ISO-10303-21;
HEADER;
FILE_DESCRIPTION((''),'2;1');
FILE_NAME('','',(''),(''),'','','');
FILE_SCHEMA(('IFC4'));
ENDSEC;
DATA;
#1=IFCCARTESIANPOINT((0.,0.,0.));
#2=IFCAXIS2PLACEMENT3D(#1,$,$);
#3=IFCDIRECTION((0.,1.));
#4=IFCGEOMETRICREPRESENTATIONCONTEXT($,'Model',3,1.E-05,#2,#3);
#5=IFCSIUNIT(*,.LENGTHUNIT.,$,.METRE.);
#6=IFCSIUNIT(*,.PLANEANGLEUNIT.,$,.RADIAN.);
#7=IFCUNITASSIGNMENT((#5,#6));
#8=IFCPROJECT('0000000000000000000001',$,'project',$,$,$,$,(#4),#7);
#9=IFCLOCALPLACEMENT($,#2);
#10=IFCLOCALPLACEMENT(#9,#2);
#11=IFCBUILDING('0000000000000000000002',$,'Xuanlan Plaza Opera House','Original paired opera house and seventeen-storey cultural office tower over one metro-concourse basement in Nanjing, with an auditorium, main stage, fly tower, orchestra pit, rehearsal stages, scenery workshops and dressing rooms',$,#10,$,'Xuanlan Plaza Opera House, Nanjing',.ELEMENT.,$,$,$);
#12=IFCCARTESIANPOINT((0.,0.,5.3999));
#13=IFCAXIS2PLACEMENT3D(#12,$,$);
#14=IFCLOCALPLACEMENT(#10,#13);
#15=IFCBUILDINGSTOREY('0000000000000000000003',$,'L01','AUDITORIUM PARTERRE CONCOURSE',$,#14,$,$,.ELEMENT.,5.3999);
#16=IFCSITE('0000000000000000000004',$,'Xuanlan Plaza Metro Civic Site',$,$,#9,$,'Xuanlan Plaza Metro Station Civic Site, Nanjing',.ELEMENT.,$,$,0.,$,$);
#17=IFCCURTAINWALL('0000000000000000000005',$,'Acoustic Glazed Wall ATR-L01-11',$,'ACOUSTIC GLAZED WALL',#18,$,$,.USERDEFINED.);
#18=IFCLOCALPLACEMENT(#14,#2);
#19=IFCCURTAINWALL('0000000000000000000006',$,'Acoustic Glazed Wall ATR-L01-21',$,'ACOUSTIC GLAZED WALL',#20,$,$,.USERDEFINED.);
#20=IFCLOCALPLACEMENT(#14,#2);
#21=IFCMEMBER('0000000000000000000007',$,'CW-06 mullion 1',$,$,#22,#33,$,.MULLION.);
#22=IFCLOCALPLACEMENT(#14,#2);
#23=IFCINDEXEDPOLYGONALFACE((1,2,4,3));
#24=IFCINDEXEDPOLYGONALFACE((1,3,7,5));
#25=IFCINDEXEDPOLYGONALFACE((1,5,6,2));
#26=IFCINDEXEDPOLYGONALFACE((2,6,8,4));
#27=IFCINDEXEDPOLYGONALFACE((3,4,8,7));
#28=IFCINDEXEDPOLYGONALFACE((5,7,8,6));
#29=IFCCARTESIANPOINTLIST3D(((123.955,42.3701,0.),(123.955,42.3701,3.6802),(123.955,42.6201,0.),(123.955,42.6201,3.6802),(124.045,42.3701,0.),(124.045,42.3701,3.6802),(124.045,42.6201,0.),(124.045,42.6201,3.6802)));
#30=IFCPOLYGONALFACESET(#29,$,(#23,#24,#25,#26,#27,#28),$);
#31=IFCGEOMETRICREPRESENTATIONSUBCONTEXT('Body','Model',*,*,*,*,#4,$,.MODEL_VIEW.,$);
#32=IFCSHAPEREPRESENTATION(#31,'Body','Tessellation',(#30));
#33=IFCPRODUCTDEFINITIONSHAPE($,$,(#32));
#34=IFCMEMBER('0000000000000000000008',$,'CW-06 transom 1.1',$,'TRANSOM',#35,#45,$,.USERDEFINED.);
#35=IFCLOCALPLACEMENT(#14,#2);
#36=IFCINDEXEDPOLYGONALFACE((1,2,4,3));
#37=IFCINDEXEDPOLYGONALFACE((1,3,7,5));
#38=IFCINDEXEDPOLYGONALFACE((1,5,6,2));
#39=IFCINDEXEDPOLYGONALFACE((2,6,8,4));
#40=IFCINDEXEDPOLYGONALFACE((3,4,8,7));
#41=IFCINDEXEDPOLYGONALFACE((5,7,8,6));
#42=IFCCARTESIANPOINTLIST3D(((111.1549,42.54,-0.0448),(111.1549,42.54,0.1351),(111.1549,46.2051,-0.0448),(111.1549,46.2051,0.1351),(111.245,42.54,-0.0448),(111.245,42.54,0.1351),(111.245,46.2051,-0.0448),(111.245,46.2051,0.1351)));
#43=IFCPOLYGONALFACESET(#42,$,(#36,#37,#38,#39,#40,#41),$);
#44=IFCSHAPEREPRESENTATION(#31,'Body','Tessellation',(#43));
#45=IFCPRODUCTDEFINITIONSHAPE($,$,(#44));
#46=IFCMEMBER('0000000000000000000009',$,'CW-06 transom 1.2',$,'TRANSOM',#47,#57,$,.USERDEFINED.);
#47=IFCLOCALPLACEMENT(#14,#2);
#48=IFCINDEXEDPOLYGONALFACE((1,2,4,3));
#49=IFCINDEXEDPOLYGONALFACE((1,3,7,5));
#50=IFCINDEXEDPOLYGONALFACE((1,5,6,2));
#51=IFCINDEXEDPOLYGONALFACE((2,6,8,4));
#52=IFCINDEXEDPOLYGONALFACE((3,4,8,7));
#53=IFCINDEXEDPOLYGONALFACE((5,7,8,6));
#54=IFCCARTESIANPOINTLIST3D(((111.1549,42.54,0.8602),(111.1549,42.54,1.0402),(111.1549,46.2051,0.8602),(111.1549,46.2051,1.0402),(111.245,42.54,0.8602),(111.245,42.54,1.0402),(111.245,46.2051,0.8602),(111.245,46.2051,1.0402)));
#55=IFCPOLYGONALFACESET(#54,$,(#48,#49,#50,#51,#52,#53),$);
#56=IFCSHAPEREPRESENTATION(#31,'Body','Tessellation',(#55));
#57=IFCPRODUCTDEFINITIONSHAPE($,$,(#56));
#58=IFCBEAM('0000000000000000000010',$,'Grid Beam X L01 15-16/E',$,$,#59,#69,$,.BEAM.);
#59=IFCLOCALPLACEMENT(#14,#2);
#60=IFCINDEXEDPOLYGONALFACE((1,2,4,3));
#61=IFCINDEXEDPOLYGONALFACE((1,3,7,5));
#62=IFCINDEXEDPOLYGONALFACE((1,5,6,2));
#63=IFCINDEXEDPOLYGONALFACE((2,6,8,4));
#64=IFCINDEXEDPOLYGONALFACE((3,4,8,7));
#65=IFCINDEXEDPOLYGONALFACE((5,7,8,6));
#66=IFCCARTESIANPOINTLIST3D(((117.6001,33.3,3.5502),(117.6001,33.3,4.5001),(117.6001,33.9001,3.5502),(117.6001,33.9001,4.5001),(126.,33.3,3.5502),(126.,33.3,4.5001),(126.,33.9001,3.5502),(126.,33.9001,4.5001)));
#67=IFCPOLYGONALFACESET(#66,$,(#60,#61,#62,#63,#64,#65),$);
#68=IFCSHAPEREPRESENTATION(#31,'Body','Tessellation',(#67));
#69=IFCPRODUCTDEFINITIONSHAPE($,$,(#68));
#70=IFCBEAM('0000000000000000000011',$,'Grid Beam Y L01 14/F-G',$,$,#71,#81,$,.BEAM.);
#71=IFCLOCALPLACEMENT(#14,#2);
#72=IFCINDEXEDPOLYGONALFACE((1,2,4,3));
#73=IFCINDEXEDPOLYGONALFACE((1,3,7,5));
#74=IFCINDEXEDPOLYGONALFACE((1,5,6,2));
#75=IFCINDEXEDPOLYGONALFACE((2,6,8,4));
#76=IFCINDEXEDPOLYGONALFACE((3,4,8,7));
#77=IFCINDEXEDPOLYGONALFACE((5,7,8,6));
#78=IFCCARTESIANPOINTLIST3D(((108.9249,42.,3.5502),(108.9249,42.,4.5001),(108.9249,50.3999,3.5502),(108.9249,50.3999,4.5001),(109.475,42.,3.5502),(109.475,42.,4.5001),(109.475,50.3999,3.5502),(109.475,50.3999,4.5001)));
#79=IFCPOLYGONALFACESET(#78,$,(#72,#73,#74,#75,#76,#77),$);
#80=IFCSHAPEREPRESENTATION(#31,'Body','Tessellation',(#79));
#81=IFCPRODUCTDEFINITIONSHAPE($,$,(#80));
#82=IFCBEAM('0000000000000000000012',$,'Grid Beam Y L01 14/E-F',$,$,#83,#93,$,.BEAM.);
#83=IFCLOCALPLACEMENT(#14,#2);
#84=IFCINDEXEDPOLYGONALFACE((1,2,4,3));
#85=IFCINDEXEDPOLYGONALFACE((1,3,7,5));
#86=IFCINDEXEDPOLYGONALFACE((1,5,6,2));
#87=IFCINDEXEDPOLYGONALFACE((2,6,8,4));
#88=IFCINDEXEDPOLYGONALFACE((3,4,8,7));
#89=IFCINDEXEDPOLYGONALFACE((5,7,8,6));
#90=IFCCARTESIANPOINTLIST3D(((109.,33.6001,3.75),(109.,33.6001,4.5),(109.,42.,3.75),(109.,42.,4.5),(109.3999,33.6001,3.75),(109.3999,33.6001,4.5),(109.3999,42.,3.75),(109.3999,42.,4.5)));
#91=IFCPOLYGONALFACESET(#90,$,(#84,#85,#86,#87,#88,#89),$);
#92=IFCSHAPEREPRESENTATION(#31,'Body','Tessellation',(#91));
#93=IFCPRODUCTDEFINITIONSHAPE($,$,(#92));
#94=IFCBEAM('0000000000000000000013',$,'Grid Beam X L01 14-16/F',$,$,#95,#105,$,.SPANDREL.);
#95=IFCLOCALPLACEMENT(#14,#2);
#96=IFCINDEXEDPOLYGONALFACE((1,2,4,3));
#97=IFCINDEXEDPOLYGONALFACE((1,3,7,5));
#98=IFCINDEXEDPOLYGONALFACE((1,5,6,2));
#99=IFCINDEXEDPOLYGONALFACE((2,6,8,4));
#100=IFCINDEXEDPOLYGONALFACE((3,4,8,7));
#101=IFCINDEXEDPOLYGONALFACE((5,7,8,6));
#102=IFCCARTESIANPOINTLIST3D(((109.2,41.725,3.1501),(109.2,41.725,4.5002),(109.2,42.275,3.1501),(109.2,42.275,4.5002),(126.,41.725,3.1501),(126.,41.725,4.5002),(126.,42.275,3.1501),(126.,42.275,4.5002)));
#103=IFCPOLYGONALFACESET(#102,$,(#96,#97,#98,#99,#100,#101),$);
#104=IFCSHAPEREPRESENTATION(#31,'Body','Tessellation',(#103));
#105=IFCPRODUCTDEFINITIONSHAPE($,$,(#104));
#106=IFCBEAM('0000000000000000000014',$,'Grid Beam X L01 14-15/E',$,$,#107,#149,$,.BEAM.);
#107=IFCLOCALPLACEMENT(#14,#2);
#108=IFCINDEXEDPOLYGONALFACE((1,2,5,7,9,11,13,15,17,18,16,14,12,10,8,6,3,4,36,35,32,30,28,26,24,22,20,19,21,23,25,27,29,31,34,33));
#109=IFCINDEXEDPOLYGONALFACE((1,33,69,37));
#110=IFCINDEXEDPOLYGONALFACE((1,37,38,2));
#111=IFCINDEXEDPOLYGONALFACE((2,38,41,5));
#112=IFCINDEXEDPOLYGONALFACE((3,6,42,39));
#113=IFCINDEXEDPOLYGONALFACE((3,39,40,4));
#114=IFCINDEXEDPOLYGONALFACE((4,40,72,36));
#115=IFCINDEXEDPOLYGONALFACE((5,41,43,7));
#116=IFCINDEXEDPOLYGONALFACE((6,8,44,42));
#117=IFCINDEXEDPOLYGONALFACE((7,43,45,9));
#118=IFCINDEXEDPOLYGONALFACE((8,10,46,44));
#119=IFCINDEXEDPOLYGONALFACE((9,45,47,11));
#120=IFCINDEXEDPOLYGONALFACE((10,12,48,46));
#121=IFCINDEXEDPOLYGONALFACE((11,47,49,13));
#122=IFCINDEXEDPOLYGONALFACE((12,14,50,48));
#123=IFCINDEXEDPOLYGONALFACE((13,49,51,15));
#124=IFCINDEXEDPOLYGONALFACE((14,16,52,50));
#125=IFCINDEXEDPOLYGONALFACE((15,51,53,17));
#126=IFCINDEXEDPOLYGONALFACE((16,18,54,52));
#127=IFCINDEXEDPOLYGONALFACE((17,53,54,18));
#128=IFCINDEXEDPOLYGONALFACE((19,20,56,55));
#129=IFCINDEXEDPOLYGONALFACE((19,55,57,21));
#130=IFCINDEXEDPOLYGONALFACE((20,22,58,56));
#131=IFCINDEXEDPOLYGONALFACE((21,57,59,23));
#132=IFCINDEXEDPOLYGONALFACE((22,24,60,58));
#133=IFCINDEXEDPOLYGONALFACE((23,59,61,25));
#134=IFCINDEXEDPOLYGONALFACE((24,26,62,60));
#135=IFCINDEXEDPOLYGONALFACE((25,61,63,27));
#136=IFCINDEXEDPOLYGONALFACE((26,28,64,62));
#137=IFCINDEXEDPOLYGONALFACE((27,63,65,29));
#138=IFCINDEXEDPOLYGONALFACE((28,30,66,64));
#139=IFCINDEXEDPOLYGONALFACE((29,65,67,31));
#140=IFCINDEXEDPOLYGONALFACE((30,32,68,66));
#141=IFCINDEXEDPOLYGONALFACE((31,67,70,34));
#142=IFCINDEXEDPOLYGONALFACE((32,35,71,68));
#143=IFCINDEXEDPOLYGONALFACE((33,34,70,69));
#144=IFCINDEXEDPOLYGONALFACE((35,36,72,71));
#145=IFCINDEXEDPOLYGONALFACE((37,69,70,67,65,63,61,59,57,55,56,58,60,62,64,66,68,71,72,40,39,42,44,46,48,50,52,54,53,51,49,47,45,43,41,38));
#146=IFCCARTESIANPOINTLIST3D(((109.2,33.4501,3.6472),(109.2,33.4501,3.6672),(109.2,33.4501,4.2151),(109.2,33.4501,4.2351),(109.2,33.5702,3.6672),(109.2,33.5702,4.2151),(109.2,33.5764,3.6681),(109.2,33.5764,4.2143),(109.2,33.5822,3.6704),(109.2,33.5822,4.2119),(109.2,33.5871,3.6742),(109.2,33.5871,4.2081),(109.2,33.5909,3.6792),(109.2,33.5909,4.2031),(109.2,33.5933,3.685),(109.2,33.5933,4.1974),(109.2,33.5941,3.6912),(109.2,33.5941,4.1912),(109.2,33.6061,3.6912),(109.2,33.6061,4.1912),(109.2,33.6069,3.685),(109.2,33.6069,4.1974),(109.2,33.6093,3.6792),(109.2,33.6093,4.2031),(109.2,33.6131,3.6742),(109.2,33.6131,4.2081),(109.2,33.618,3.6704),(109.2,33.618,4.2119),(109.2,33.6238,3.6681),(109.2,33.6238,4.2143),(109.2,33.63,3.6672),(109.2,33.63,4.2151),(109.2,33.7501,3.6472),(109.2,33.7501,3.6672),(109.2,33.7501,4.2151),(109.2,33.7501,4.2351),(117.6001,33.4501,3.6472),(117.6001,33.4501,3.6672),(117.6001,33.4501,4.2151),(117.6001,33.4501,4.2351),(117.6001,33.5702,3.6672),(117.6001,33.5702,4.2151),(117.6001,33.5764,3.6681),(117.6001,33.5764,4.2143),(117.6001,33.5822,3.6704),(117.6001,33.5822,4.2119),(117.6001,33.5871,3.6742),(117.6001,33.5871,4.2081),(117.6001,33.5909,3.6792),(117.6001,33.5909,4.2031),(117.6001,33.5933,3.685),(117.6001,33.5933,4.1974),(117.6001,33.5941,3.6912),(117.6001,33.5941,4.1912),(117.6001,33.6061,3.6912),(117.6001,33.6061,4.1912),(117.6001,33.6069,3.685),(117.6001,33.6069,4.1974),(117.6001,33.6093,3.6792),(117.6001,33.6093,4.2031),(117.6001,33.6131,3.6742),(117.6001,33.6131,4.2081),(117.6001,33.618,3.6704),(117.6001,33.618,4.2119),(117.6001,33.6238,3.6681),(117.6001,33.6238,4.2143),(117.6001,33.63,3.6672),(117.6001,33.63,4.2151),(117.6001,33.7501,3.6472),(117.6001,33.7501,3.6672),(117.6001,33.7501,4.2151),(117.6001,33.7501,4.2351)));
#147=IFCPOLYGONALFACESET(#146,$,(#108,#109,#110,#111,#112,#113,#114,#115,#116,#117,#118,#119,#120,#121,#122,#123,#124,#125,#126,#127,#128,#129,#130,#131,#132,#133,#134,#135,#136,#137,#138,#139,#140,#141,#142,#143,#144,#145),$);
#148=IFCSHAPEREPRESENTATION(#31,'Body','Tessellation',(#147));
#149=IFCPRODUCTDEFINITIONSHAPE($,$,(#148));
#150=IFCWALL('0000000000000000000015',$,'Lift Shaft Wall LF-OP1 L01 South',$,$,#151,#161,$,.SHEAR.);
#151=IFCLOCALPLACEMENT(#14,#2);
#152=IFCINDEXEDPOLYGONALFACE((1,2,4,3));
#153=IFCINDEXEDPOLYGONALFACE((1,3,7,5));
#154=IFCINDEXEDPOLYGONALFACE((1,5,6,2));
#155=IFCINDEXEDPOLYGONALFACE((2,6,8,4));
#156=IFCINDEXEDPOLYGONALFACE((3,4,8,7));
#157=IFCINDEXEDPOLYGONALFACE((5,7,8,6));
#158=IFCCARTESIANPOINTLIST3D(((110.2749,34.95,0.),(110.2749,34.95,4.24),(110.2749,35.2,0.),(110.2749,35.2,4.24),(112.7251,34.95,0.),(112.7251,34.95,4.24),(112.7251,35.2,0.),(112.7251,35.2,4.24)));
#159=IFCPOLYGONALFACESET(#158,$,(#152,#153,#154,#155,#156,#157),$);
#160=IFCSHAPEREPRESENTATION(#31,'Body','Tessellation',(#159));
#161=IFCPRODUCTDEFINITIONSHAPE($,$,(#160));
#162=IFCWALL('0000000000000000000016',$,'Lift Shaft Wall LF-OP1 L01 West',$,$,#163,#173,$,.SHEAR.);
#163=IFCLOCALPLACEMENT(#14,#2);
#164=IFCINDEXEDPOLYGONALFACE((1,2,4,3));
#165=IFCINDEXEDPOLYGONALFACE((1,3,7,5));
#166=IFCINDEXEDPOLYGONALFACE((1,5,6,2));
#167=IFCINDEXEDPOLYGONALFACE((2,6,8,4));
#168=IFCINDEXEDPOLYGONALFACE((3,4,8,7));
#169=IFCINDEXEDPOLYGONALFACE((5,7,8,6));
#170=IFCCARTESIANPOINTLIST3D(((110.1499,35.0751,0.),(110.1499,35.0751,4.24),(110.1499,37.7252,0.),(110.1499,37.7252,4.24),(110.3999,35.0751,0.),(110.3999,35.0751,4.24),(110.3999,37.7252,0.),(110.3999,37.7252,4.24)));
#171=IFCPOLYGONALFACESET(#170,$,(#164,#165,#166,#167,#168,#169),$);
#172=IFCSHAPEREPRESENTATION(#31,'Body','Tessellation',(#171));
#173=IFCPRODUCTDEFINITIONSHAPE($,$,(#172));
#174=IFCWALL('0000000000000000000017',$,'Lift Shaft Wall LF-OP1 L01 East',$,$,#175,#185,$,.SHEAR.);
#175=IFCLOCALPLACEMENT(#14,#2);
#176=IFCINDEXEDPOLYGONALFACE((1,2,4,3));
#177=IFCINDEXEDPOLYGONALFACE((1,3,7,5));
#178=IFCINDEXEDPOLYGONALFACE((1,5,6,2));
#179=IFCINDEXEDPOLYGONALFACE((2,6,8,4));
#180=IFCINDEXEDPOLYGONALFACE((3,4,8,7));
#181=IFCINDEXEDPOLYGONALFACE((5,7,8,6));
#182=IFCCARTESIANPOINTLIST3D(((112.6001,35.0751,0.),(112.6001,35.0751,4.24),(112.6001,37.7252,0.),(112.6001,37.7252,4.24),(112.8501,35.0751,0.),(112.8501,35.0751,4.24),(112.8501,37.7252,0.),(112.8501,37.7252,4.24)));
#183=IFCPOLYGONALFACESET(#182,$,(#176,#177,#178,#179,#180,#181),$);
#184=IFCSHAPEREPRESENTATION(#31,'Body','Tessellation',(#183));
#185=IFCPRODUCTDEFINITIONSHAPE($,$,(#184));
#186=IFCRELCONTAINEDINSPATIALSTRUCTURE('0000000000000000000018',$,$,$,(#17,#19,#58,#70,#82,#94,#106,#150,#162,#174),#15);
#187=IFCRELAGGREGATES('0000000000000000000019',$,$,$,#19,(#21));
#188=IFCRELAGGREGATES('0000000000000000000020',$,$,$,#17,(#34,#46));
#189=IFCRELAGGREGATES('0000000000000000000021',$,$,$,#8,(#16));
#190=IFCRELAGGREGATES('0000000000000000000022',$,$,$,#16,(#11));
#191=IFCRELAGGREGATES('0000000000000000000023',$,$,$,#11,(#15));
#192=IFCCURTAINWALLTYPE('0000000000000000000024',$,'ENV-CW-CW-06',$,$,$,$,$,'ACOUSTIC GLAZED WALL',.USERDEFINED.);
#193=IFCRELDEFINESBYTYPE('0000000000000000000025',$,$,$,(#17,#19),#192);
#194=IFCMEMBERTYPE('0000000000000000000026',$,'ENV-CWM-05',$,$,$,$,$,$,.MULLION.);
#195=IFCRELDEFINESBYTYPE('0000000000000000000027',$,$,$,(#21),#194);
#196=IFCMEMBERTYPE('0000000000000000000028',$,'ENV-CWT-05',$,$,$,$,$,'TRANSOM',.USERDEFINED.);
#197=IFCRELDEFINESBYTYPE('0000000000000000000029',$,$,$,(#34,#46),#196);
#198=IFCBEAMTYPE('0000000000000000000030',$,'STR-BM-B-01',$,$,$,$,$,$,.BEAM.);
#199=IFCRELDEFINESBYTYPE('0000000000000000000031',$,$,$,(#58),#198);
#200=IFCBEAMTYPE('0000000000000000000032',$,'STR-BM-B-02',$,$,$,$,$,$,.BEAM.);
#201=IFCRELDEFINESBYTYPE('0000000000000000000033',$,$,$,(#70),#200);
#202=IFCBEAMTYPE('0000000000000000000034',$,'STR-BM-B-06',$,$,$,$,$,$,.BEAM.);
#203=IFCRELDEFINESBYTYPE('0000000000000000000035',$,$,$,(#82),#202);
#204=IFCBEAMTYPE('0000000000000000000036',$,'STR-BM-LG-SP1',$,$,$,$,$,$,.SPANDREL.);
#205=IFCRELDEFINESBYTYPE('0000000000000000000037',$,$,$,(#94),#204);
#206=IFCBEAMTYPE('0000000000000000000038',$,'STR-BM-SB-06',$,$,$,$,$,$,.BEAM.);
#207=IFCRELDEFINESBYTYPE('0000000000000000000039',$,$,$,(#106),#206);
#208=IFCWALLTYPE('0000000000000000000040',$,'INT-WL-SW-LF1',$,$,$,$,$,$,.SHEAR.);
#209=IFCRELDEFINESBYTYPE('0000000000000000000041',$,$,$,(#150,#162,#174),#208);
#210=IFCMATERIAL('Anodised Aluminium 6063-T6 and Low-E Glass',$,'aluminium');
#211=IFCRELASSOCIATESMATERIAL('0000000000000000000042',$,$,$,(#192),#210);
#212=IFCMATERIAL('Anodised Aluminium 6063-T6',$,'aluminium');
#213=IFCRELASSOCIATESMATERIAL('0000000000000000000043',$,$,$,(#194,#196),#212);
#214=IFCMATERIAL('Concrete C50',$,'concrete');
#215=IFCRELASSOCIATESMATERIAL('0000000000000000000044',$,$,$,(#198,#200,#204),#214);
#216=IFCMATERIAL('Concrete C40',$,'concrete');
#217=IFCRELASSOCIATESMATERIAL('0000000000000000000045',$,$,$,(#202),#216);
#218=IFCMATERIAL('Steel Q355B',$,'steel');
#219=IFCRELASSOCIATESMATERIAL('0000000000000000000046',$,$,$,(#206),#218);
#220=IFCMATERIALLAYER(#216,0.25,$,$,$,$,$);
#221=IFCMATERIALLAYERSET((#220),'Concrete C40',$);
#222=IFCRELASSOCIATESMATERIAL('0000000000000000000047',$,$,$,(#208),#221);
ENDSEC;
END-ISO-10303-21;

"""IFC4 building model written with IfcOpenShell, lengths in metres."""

from ifc_helpers import new_model, si_unit, direction, frame, frame_2d, origin, origin_2d, place, context, subcontext, project, spatial, rectangle, i_section, extrude, material, layer, layer_set, material_profile, profile_set, type_object, element, aggregate, save


model = new_model("IFC4")

# Units and contexts
model_context = context("Model", 3, precision=1e-05, world=origin(), true_north=direction((0.0, 1.0)))
body_context = subcontext(model_context, "Body", "Model", "MODEL_VIEW")
ifc_project = project(units=[si_unit("LENGTHUNIT", "METRE"), si_unit("PLANEANGLEUNIT", "RADIAN")], contexts=[model_context])

# Site, building, storey
site_placement = place(None, origin())
site = spatial("IfcSite", under=ifc_project, at=site_placement, Name="Xuanlan Plaza Metro Civic Site", LongName="Xuanlan Plaza Metro Station Civic Site, Nanjing", CompositionType="ELEMENT", RefElevation=0.0)
building_placement = place(site_placement, origin())
building = spatial("IfcBuilding", under=site, at=building_placement, Name="Xuanlan Plaza Opera House", Description="Original paired opera house and seventeen-storey cultural office tower over one metro-concourse basement in Nanjing, with an auditorium, main stage, fly tower, orchestra pit, rehearsal stages, scenery workshops and dressing rooms", LongName="Xuanlan Plaza Opera House, Nanjing", CompositionType="ELEMENT")
storey_placement = place(building_placement, frame((0.0, 0.0, 5.3999)))
storey = spatial("IfcBuildingStorey", under=building, at=storey_placement, Name="L01", Description="AUDITORIUM PARTERRE CONCOURSE", CompositionType="ELEMENT", Elevation=5.3999)

# Shared definitions
ifc_material_1 = material(Name="Concrete C50", Category="concrete")
ifc_material_2 = material(Name="Steel Q355B", Category="steel")

# Curtain walls, member
ifc_material_3 = material(Name="Anodised Aluminium 6063-T6 and Low-E Glass", Category="aluminium")
curtain_wall_type = type_object("IfcCurtainWallType", Name="ENV-CW-CW-06", ElementType="ACOUSTIC GLAZED WALL", PredefinedType="USERDEFINED", material=ifc_material_3)
curtain_wall_1_placement = place(storey_placement, origin())
curtain_wall_1 = element("IfcCurtainWall", 1, at=curtain_wall_1_placement, inside=storey, type_object=curtain_wall_type, Name="Acoustic Glazed Wall ATR-L01-11", ObjectType="ACOUSTIC GLAZED WALL", PredefinedType="USERDEFINED")
ifc_material_4 = material(Name="Anodised Aluminium 6063-T6", Category="aluminium")
ifc_material_profile_1 = material_profile(ifc_material_4, rectangle(XDim=0.0901, YDim=0.25, at=origin_2d()), Name="ALU-M 90x250")
ifc_profile_set_1 = profile_set([ifc_material_profile_1], Name="Anodised Aluminium 6063-T6")
member_type_1 = type_object("IfcMemberType", Name="ENV-CWM-05", PredefinedType="MULLION", material=ifc_profile_set_1)
curtain_wall_2_placement = place(storey_placement, origin())
curtain_wall_2 = element("IfcCurtainWall", 2, at=curtain_wall_2_placement, inside=storey, type_object=curtain_wall_type, Name="Acoustic Glazed Wall ATR-L01-21", ObjectType="ACOUSTIC GLAZED WALL", PredefinedType="USERDEFINED")
member_1_placement = place(storey_placement, frame((124.0, 42.4951, 0.0), z_axis=(0.0, 0.0, 1.0), x_axis=(-1.0, 0.0, 0.0)))
member_1 = element("IfcMember", 3, at=member_1_placement, type_object=member_type_1, Name="CW-06 mullion 1", PredefinedType="MULLION", context=body_context, shape_type="SweptSolid", body=[
    extrude(rectangle(XDim=0.0901, YDim=0.25, at=origin_2d()), origin(), (0.0, 0.0, 1.0), 3.6802),
])
aggregate(curtain_wall_2, [member_1])

# Members
ifc_material_profile_2 = material_profile(ifc_material_4, rectangle(XDim=0.0901, YDim=0.1799, at=origin_2d()), Name="ALU-T 90x180")
ifc_profile_set_2 = profile_set([ifc_material_profile_2], Name="Anodised Aluminium 6063-T6")
member_type_2 = type_object("IfcMemberType", Name="ENV-CWT-05", ElementType="TRANSOM", PredefinedType="USERDEFINED", material=ifc_profile_set_2)
member_2_placement = place(storey_placement, frame((111.2, 42.54, 0.0452), z_axis=(0.0, 1.0, 0.0), x_axis=(-1.0, 0.0, 0.0)))
member_2 = element("IfcMember", 4, at=member_2_placement, type_object=member_type_2, Name="CW-06 transom 1.1", ObjectType="TRANSOM", PredefinedType="USERDEFINED", context=body_context, shape_type="SweptSolid", body=[
    extrude(rectangle(XDim=0.0901, YDim=0.1799, at=origin_2d()), origin(), (0.0, 0.0, 1.0), 3.665),
])
member_3_placement = place(storey_placement, frame((111.2, 42.54, 0.9502), z_axis=(0.0, 1.0, 0.0), x_axis=(-1.0, 0.0, 0.0)))
member_3 = element("IfcMember", 5, at=member_3_placement, type_object=member_type_2, Name="CW-06 transom 1.2", ObjectType="TRANSOM", PredefinedType="USERDEFINED", context=body_context, shape_type="SweptSolid", body=[
    extrude(rectangle(XDim=0.0901, YDim=0.1799, at=origin_2d()), origin(), (0.0, 0.0, 1.0), 3.665),
])
aggregate(curtain_wall_1, [member_2, member_3])

# Beams
ifc_material_profile_3 = material_profile(ifc_material_1, rectangle(XDim=0.6001, YDim=0.95, at=origin_2d()), Name="RC-BM 600x950")
ifc_profile_set_3 = profile_set([ifc_material_profile_3], Name="Concrete C50")
beam_type_1 = type_object("IfcBeamType", Name="STR-BM-B-01", PredefinedType="BEAM", material=ifc_profile_set_3)
beam_1_placement = place(storey_placement, frame((117.6001, 33.6001, 4.0251), z_axis=(1.0, 0.0, 0.0), x_axis=(0.0, 1.0, 0.0)))
element("IfcBeam", 6, at=beam_1_placement, inside=storey, type_object=beam_type_1, Name="Grid Beam X L01 15-16/E", PredefinedType="BEAM", context=body_context, shape_type="SweptSolid", body=[
    extrude(rectangle(XDim=0.6001, YDim=0.95, at=origin_2d()), origin(), (0.0, 0.0, 1.0), 8.3999),
])
ifc_material_profile_4 = material_profile(ifc_material_1, rectangle(XDim=0.55, YDim=0.95, at=origin_2d()), Name="RC-BM 550x950")
ifc_profile_set_4 = profile_set([ifc_material_profile_4], Name="Concrete C50")
beam_type_2 = type_object("IfcBeamType", Name="STR-BM-B-02", PredefinedType="BEAM", material=ifc_profile_set_4)
beam_2_placement = place(storey_placement, frame((109.2, 42.0, 4.0251), z_axis=(0.0, 1.0, 0.0), x_axis=(-1.0, 0.0, 0.0)))
element("IfcBeam", 7, at=beam_2_placement, inside=storey, type_object=beam_type_2, Name="Grid Beam Y L01 14/F-G", PredefinedType="BEAM", context=body_context, shape_type="SweptSolid", body=[
    extrude(rectangle(XDim=0.55, YDim=0.95, at=origin_2d()), origin(), (0.0, 0.0, 1.0), 8.3999),
])
ifc_material_5 = material(Name="Concrete C40", Category="concrete")
ifc_material_profile_5 = material_profile(ifc_material_5, rectangle(XDim=0.3999, YDim=0.75, at=origin_2d()), Name="RC-BM 400x750")
ifc_profile_set_5 = profile_set([ifc_material_profile_5], Name="Concrete C40")
beam_type_3 = type_object("IfcBeamType", Name="STR-BM-B-06", PredefinedType="BEAM", material=ifc_profile_set_5)
beam_3_placement = place(storey_placement, frame((109.2, 33.6001, 4.125), z_axis=(0.0, 1.0, 0.0), x_axis=(-1.0, 0.0, 0.0)))
element("IfcBeam", 8, at=beam_3_placement, inside=storey, type_object=beam_type_3, Name="Grid Beam Y L01 14/E-F", PredefinedType="BEAM", context=body_context, shape_type="SweptSolid", body=[
    extrude(rectangle(XDim=0.3999, YDim=0.75, at=origin_2d()), origin(), (0.0, 0.0, 1.0), 8.3999),
])
ifc_material_profile_6 = material_profile(ifc_material_1, rectangle(XDim=0.55, YDim=1.3501, at=origin_2d()), Name="RC-SPD 550x1350")
ifc_profile_set_6 = profile_set([ifc_material_profile_6], Name="Concrete C50")
beam_type_4 = type_object("IfcBeamType", Name="STR-BM-LG-SP1", PredefinedType="SPANDREL", material=ifc_profile_set_6)
beam_4_placement = place(storey_placement, frame((109.2, 42.0, 3.8252), z_axis=(1.0, 0.0, 0.0), x_axis=(0.0, 1.0, 0.0)))
element("IfcBeam", 9, at=beam_4_placement, inside=storey, type_object=beam_type_4, Name="Grid Beam X L01 14-16/F", PredefinedType="SPANDREL", context=body_context, shape_type="SweptSolid", body=[
    extrude(rectangle(XDim=0.55, YDim=1.3501, at=origin_2d()), origin(), (0.0, 0.0, 1.0), 16.8),
])
ifc_material_profile_7 = material_profile(ifc_material_2, i_section(OverallWidth=0.3, OverallDepth=0.5879, WebThickness=0.012, FlangeThickness=0.02, FilletRadius=0.0239, at=origin_2d()), Name="HM 588x300x12x20")
ifc_profile_set_7 = profile_set([ifc_material_profile_7], Name="Steel Q355B")
beam_type_5 = type_object("IfcBeamType", Name="STR-BM-SB-06", PredefinedType="BEAM", material=ifc_profile_set_7)
beam_5_placement = place(storey_placement, frame((109.2, 33.6001, 3.9412), z_axis=(1.0, 0.0, 0.0), x_axis=(0.0, 1.0, 0.0)))
element("IfcBeam", 10, at=beam_5_placement, inside=storey, type_object=beam_type_5, Name="Grid Beam X L01 14-15/E", PredefinedType="BEAM", context=body_context, shape_type="SweptSolid", body=[
    extrude(i_section(OverallWidth=0.3, OverallDepth=0.5879, WebThickness=0.012, FlangeThickness=0.02, FilletRadius=0.0239, at=origin_2d()), origin(), (0.0, 0.0, 1.0), 8.4001),
])

# Wall
ifc_layer_1 = layer(ifc_material_5, 0.25)
ifc_layer_set_1 = layer_set([ifc_layer_1], Name="Concrete C40")
wall_type_1 = type_object("IfcWallType", Name="INT-WL-SW-LF1", PredefinedType="SHEAR", material=ifc_layer_set_1)
wall_1_placement = place(storey_placement, frame((110.2749, 35.075, 0.0), z_axis=(0.0, 0.0, 1.0), x_axis=(1.0, 0.0, 0.0)))
element("IfcWall", 11, at=wall_1_placement, inside=storey, type_object=wall_type_1, Name="Lift Shaft Wall LF-OP1 L01 South", PredefinedType="SHEAR", context=body_context, shape_type="SweptSolid", body=[
    extrude(rectangle(XDim=2.4502, YDim=0.25, at=frame_2d((1.2251, 0.0))), origin(), (0.0, 0.0, 1.0), 4.24),
])

# Walls
for number, where, z_axis, x_axis, name in (
    (12, (110.2749, 35.075, 0.0), (0.0, 0.0, 1.0), (0.0, 1.0, 0.0), "Lift Shaft Wall LF-OP1 L01 West"),
    (13, (112.7251, 35.075, 0.0), (0.0, 0.0, 1.0), (0.0, 1.0, 0.0), "Lift Shaft Wall LF-OP1 L01 East"),
):
    element("IfcWall", number, at=place(storey_placement, frame(where, z_axis=z_axis, x_axis=x_axis)), inside=storey, type_object=wall_type_1, Name=name, PredefinedType="SHEAR", context=body_context, shape_type="SweptSolid", body=[
        extrude(rectangle(XDim=2.6501, YDim=0.25, at=frame_2d((1.3252, 0.0))), origin(), (0.0, 0.0, 1.0), 4.24),
    ])

save(model, "model.ifc")
